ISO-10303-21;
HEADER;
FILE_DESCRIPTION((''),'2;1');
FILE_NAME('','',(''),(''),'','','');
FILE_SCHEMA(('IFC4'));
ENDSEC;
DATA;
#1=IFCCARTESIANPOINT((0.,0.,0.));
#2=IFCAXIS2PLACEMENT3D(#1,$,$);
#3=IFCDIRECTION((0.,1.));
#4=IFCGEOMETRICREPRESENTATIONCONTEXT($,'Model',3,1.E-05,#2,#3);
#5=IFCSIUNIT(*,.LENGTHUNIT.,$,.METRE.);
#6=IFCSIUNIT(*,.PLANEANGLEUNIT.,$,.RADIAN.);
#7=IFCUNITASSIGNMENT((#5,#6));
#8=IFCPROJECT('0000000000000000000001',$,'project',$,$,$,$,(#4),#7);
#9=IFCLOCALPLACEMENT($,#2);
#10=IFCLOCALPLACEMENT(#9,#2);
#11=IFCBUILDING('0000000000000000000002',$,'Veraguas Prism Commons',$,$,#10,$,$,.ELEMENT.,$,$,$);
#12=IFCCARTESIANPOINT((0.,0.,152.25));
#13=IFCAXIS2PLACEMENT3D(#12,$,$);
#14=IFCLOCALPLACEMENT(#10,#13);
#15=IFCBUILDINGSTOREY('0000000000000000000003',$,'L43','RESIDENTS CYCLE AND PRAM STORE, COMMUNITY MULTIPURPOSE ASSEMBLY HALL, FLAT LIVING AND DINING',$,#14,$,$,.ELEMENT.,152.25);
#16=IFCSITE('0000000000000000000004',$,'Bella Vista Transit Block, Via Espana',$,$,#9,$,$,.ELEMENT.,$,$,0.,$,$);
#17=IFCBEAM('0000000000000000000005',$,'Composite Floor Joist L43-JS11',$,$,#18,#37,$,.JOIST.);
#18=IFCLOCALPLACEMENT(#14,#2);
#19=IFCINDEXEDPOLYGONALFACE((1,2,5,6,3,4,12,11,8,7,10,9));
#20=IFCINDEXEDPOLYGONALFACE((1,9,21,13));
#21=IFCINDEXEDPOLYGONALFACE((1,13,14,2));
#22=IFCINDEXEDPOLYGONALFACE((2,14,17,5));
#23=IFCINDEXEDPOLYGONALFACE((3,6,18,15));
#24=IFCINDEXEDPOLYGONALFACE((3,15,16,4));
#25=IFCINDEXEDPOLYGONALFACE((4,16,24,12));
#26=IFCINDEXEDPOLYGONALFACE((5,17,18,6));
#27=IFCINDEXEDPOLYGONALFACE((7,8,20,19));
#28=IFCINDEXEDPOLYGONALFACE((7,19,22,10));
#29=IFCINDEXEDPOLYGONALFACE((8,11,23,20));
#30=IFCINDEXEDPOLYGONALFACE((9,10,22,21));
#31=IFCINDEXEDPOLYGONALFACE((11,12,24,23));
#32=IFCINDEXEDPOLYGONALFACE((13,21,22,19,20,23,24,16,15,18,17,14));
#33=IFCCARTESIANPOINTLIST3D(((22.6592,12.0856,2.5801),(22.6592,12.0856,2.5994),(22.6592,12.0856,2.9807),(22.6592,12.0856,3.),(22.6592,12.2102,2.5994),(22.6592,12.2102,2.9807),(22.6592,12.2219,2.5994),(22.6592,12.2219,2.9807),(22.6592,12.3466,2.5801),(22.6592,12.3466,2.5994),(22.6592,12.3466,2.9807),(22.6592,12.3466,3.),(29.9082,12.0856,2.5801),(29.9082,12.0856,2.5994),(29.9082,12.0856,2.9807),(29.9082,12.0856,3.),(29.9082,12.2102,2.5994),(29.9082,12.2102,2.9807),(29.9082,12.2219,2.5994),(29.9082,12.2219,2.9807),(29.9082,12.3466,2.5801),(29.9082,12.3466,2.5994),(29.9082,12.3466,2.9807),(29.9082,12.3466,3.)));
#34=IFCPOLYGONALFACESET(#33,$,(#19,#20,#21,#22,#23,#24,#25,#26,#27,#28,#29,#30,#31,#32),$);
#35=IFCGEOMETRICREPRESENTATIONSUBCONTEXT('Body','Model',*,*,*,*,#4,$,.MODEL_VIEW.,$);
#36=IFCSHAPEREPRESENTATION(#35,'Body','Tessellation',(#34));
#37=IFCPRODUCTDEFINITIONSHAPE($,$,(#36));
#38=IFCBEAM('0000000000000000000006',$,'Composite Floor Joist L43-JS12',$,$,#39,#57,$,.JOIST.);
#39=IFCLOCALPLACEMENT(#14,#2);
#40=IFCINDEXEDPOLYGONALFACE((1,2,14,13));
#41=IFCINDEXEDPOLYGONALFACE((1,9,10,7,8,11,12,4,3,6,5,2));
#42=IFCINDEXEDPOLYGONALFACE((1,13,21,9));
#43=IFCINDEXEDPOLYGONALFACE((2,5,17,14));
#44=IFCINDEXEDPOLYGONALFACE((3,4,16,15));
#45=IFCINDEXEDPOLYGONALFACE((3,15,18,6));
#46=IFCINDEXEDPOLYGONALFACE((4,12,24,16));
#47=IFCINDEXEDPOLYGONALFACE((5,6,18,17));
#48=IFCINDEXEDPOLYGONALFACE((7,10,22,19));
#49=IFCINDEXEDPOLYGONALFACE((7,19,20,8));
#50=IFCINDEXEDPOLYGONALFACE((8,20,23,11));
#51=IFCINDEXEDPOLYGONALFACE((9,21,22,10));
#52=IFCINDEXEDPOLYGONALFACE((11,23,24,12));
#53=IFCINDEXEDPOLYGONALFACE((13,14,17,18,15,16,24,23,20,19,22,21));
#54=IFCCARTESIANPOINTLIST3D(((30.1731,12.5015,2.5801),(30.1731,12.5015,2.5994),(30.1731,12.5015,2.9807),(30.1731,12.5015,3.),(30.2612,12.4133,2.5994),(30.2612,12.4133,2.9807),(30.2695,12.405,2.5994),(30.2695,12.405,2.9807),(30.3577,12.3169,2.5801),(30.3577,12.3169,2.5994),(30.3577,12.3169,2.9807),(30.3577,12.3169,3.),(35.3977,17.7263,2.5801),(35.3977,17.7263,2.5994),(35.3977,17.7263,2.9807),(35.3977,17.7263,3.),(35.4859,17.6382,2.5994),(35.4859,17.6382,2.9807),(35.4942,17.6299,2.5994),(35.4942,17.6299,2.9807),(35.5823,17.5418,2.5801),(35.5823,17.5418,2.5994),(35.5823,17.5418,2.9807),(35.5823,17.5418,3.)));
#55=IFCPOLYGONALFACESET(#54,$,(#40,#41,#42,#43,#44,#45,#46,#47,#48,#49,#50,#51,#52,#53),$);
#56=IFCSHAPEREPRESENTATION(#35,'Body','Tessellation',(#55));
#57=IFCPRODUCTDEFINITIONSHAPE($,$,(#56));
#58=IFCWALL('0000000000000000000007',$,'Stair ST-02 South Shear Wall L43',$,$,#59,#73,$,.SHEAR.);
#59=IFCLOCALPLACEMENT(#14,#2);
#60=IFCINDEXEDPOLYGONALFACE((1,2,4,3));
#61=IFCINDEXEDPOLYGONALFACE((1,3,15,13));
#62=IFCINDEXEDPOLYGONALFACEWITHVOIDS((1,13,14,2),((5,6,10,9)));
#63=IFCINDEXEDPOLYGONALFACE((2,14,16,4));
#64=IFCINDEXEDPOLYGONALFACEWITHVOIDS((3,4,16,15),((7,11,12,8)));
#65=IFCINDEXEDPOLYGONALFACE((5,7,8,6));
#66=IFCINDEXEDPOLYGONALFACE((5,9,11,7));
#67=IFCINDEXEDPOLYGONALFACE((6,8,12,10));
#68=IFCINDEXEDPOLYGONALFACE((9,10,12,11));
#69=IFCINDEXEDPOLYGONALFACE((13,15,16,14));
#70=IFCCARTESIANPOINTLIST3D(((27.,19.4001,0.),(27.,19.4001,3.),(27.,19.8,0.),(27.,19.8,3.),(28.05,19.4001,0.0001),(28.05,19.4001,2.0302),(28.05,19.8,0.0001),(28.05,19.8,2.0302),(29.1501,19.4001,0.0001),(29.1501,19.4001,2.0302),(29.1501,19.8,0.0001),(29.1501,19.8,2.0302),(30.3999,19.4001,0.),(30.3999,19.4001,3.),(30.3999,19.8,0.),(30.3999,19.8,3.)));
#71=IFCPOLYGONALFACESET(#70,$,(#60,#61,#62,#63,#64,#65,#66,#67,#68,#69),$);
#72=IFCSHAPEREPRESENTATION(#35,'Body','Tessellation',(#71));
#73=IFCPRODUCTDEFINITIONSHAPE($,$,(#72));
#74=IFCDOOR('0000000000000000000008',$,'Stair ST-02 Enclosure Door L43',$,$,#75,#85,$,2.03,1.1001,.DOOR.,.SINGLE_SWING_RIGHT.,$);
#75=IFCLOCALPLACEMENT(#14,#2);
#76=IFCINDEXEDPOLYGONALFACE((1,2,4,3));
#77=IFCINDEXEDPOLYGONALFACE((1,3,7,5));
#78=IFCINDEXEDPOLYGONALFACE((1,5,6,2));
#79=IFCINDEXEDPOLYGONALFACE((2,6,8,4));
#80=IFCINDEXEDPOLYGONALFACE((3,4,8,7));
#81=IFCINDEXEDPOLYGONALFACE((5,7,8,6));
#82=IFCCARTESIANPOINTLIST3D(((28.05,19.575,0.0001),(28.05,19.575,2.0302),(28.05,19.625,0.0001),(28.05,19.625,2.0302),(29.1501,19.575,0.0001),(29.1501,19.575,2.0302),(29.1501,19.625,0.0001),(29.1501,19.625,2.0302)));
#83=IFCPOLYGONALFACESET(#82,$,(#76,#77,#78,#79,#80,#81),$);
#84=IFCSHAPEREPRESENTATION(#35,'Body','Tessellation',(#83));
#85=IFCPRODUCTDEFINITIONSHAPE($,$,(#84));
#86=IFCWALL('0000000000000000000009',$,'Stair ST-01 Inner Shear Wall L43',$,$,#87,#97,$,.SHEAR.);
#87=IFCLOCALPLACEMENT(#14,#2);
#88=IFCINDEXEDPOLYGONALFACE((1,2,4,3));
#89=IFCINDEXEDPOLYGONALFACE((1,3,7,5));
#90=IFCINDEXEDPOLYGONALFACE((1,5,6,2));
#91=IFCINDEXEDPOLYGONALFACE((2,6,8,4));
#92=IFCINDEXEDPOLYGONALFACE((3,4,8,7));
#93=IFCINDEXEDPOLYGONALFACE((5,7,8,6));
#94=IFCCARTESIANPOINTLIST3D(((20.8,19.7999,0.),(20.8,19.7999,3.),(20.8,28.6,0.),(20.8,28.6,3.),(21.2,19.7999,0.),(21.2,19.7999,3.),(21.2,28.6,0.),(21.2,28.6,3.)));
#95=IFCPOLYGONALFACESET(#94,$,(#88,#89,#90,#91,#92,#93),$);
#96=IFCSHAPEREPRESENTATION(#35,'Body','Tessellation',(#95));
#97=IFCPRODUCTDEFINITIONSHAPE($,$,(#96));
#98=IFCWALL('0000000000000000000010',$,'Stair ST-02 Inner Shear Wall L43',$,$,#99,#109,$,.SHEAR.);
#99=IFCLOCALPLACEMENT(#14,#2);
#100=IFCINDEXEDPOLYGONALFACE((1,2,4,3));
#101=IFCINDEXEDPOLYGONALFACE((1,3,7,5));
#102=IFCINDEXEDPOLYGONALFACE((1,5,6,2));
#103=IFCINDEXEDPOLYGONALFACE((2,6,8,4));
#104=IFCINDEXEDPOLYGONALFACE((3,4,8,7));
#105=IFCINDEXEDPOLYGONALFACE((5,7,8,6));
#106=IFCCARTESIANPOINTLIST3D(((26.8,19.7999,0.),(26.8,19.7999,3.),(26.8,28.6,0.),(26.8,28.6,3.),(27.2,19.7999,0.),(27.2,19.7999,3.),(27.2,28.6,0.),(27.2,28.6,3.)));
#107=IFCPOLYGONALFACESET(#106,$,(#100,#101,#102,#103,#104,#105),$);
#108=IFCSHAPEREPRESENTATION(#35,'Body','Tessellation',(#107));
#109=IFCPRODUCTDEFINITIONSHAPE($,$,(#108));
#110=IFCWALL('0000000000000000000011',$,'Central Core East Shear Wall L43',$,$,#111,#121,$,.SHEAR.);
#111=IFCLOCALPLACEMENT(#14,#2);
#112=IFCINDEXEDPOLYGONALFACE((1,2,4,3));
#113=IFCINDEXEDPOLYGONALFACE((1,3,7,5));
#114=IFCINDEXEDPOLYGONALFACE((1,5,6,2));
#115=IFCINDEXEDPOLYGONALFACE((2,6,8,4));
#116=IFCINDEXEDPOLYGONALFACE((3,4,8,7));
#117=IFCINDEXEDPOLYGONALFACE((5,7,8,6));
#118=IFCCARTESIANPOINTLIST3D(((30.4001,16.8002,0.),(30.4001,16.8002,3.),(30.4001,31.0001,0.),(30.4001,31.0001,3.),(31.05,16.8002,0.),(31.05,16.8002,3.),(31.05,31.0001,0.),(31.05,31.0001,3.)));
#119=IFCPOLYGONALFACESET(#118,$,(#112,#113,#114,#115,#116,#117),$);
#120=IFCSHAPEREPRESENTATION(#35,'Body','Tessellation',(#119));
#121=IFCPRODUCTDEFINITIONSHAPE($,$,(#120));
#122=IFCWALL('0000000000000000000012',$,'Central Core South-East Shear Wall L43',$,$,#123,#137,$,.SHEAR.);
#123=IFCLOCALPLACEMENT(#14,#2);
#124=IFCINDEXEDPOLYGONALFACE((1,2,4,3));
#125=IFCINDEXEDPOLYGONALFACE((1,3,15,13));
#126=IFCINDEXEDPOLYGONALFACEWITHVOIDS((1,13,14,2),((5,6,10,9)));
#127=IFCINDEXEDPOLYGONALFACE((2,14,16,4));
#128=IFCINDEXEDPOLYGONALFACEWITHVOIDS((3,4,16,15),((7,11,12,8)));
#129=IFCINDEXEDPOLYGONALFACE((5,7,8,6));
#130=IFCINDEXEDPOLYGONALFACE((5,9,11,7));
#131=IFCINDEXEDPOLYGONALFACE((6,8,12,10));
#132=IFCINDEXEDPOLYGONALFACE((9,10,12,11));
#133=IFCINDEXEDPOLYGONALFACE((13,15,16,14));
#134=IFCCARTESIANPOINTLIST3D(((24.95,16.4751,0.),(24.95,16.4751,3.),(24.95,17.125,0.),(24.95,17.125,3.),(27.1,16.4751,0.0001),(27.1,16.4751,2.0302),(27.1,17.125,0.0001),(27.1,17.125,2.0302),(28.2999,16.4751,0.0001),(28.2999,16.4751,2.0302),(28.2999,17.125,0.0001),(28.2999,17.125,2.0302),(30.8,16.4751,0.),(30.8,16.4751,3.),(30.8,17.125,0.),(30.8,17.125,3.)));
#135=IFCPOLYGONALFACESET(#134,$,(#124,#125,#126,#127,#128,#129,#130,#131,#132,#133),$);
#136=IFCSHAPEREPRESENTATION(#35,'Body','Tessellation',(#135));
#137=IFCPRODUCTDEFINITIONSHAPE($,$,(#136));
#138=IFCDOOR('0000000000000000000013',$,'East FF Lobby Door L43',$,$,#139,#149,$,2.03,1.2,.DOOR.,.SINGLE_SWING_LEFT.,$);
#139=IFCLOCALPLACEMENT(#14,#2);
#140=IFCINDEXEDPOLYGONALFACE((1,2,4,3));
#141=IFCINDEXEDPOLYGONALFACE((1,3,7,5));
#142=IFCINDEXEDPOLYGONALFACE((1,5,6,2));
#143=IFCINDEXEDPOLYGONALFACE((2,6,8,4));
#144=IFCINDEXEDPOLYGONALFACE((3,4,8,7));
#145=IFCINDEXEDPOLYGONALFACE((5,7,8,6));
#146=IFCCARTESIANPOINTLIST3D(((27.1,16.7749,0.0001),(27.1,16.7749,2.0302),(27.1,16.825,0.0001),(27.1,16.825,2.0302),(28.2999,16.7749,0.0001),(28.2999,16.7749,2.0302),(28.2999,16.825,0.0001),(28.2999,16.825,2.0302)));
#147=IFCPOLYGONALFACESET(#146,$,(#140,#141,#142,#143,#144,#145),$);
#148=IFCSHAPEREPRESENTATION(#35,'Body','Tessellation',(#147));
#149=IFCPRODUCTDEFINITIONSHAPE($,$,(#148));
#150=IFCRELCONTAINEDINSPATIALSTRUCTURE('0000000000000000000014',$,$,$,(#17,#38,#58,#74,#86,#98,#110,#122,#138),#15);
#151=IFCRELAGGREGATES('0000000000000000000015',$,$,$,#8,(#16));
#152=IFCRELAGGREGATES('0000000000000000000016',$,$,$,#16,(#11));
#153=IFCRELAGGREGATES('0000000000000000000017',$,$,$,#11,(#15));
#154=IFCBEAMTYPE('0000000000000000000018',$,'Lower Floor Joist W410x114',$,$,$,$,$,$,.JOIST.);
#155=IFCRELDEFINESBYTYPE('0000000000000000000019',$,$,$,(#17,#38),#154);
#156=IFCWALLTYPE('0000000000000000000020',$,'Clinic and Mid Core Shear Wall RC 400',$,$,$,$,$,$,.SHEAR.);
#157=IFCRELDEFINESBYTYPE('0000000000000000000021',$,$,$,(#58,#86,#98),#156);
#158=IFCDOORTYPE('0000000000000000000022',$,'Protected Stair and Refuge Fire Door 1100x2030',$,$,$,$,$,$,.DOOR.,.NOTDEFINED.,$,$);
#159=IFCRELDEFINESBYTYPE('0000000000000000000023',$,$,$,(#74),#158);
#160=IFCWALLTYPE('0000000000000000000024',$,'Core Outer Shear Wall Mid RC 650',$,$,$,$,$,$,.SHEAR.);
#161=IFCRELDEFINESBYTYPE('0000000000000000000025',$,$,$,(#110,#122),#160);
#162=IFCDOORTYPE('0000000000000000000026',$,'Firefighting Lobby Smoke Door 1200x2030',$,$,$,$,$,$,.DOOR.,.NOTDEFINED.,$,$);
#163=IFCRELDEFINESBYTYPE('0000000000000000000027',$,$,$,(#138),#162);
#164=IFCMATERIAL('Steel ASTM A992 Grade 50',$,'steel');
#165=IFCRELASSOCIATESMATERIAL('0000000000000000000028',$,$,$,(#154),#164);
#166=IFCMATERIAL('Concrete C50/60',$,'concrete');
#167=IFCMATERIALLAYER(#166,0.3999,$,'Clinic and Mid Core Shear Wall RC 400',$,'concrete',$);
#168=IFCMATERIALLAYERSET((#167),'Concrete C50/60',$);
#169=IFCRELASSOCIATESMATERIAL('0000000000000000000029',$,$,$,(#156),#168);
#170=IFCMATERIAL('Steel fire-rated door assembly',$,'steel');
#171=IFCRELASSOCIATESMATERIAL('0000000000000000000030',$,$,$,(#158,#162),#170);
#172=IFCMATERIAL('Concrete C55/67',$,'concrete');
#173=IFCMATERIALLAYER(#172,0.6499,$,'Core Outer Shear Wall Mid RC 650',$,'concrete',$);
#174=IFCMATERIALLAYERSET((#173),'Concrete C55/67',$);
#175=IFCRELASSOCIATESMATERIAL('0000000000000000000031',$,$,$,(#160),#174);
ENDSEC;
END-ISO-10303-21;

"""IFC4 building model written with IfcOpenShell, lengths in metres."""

from ifc_helpers import new_model, si_unit, direction, frame, frame_2d, origin, origin_2d, place, context, subcontext, project, spatial, rectangle, i_section, extrude, source, transform, mapped, material, layer, layer_set, material_profile, profile_set, type_object, element, fill, save


model = new_model("IFC4")

# Units and contexts
model_context = context("Model", 3, precision=1e-05, world=origin(), true_north=direction((0.0, 1.0)))
body_context = subcontext(model_context, "Body", "Model", "MODEL_VIEW")
ifc_project = project(units=[si_unit("LENGTHUNIT", "METRE"), si_unit("PLANEANGLEUNIT", "RADIAN")], contexts=[model_context])

# Site, building, storey
site_placement = place(None, origin())
site = spatial("IfcSite", under=ifc_project, at=site_placement, Name="Bella Vista Transit Block, Via Espana", CompositionType="ELEMENT", RefElevation=0.0)
building_placement = place(site_placement, origin())
building = spatial("IfcBuilding", under=site, at=building_placement, Name="Veraguas Prism Commons", CompositionType="ELEMENT")
storey_placement = place(building_placement, frame((0.0, 0.0, 152.25)))
storey = spatial("IfcBuildingStorey", under=building, at=storey_placement, Name="L43", Description="RESIDENTS CYCLE AND PRAM STORE, COMMUNITY MULTIPURPOSE ASSEMBLY HALL, FLAT LIVING AND DINING", CompositionType="ELEMENT", Elevation=152.25)

# Beams
ifc_material_1 = material(Name="Steel ASTM A992 Grade 50", Category="steel")
ifc_material_profile = material_profile(ifc_material_1, i_section(OverallWidth=0.261, OverallDepth=0.4199, WebThickness=0.0117, FlangeThickness=0.0193, at=origin_2d()), Name="W410X114")
ifc_profile_set = profile_set([ifc_material_profile], Name="Steel ASTM A992 Grade 50")
beam_type = type_object("IfcBeamType", Name="Lower Floor Joist W410x114", PredefinedType="JOIST", material=ifc_profile_set)
beam_1_placement = place(storey_placement, frame((22.6592, 12.2161, 2.79), z_axis=(1.0, 0.0, 0.0), x_axis=(0.0, 1.0, 0.0)))
element("IfcBeam", 1, at=beam_1_placement, inside=storey, type_object=beam_type, Name="Composite Floor Joist L43-JS11", PredefinedType="JOIST", context=body_context, shape_type="SweptSolid", body=[
    extrude(i_section(OverallWidth=0.261, OverallDepth=0.4199, WebThickness=0.0117, FlangeThickness=0.0193, at=origin_2d()), origin(), (0.0, 0.0, 1.0), 7.249),
])
beam_2_placement = place(storey_placement, frame((30.2654, 12.4092, 2.79), z_axis=(0.70709, 0.707123, 0.0), x_axis=(-0.707123, 0.70709, 0.0)))
element("IfcBeam", 2, at=beam_2_placement, inside=storey, type_object=beam_type, Name="Composite Floor Joist L43-JS12", PredefinedType="JOIST", context=body_context, shape_type="SweptSolid", body=[
    extrude(i_section(OverallWidth=0.261, OverallDepth=0.4199, WebThickness=0.0117, FlangeThickness=0.0193, at=origin_2d()), origin(), (0.0, 0.0, 1.0), 7.3889),
])

# Wall, opening, door
ifc_material_2 = material(Name="Concrete C50/60", Category="concrete")
ifc_layer_1 = layer(ifc_material_2, 0.3999, Name="Clinic and Mid Core Shear Wall RC 400", Category="concrete")
ifc_layer_set_1 = layer_set([ifc_layer_1], Name="Concrete C50/60")
wall_type_1 = type_object("IfcWallType", Name="Clinic and Mid Core Shear Wall RC 400", PredefinedType="SHEAR", material=ifc_layer_set_1)
wall_1_placement = place(storey_placement, frame((27.0, 19.6001, 0.0), z_axis=(0.0, 0.0, 1.0), x_axis=(1.0, 0.0, 0.0)))
wall_1 = element("IfcWall", 3, at=wall_1_placement, inside=storey, type_object=wall_type_1, Name="Stair ST-02 South Shear Wall L43", PredefinedType="SHEAR", context=body_context, shape_type="SweptSolid", body=[
    extrude(rectangle(XDim=3.3999, YDim=0.3999, at=frame_2d((1.7, 0.0))), origin(), (0.0, 0.0, 1.0), 3.0),
])
opening_1_placement = place(wall_1_placement, frame((1.05, 0.0, 0.0)))
opening_1 = element("IfcOpeningElement", 4, at=opening_1_placement, cuts=wall_1, PredefinedType="OPENING", context=body_context, shape_type="SweptSolid", body=[
    extrude(rectangle(XDim=1.1001, YDim=2.03, at=frame_2d((0.55, 1.0151))), frame((0.0, 0.21, 0.0), z_axis=(0.0, -1.0, 0.0), x_axis=(1.0, 0.0, 0.0)), (0.0, 0.0, 1.0), 0.4199),
])
ifc_material_3 = material(Name="Steel fire-rated door assembly", Category="steel")
door_type_1 = type_object("IfcDoorType", Name="Protected Stair and Refuge Fire Door 1100x2030", OperationType="NOTDEFINED", PredefinedType="DOOR", material=ifc_material_3)
shared_shape_1 = source(origin(), body_context, "Body", "SweptSolid", [
    extrude(rectangle(XDim=1.1001, YDim=2.03, at=frame_2d((0.55, 1.0151))), frame((0.0, 0.0249, 0.0), z_axis=(0.0, -1.0, 0.0), x_axis=(1.0, 0.0, 0.0)), (0.0, 0.0, 1.0), 0.05),
])
door_1_placement = place(opening_1_placement, origin())
door_1 = element("IfcDoor", 5, at=door_1_placement, inside=storey, type_object=door_type_1, Name="Stair ST-02 Enclosure Door L43", OperationType="SINGLE_SWING_RIGHT", OverallHeight=2.03, OverallWidth=1.1001, PredefinedType="DOOR", context=body_context, shape_type="MappedRepresentation", body=[
    mapped(shared_shape_1, transform((0.0, 0.0, 0.0), scale=1.0)),
])
fill(opening_1, door_1)

# Walls
for number, where, z_axis, x_axis, name in (
    (6, (21.0, 19.8, 0.0), (0.0, 0.0, 1.0), (0.0, 1.0, 0.0), "Stair ST-01 Inner Shear Wall L43"),
    (7, (27.0, 19.8, 0.0), (0.0, 0.0, 1.0), (0.0, 1.0, 0.0), "Stair ST-02 Inner Shear Wall L43"),
):
    element("IfcWall", number, at=place(storey_placement, frame(where, z_axis=z_axis, x_axis=x_axis)), inside=storey, type_object=wall_type_1, Name=name, PredefinedType="SHEAR", context=body_context, shape_type="SweptSolid", body=[
        extrude(rectangle(XDim=8.8, YDim=0.3999, at=frame_2d((4.3999, 0.0))), origin(), (0.0, 0.0, 1.0), 3.0),
    ])
ifc_material_4 = material(Name="Concrete C55/67", Category="concrete")
ifc_layer_2 = layer(ifc_material_4, 0.6499, Name="Core Outer Shear Wall Mid RC 650", Category="concrete")
ifc_layer_set_2 = layer_set([ifc_layer_2], Name="Concrete C55/67")
wall_type_2 = type_object("IfcWallType", Name="Core Outer Shear Wall Mid RC 650", PredefinedType="SHEAR", material=ifc_layer_set_2)
wall_2_placement = place(storey_placement, frame((30.7251, 16.8, 0.0), z_axis=(0.0, 0.0, 1.0), x_axis=(0.0, 1.0, 0.0)))
element("IfcWall", 8, at=wall_2_placement, inside=storey, type_object=wall_type_2, Name="Central Core East Shear Wall L43", PredefinedType="SHEAR", context=body_context, shape_type="SweptSolid", body=[
    extrude(rectangle(XDim=14.2, YDim=0.6499, at=frame_2d((7.1001, 0.0))), origin(), (0.0, 0.0, 1.0), 3.0),
])

# Wall, opening, door
wall_3_placement = place(storey_placement, frame((24.95, 16.8, 0.0), z_axis=(0.0, 0.0, 1.0), x_axis=(1.0, 0.0, 0.0)))
wall_3 = element("IfcWall", 9, at=wall_3_placement, inside=storey, type_object=wall_type_2, Name="Central Core South-East Shear Wall L43", PredefinedType="SHEAR", context=body_context, shape_type="SweptSolid", body=[
    extrude(rectangle(XDim=5.8501, YDim=0.6499, at=frame_2d((2.925, 0.0))), origin(), (0.0, 0.0, 1.0), 3.0),
])
opening_2_placement = place(wall_3_placement, frame((2.1499, 0.0, 0.0)))
opening_2 = element("IfcOpeningElement", 10, at=opening_2_placement, cuts=wall_3, PredefinedType="OPENING", context=body_context, shape_type="SweptSolid", body=[
    extrude(rectangle(XDim=1.2, YDim=2.03, at=frame_2d((0.6001, 1.0151))), frame((0.0, 0.335, 0.0), z_axis=(0.0, -1.0, 0.0), x_axis=(1.0, 0.0, 0.0)), (0.0, 0.0, 1.0), 0.6699),
])
door_type_2 = type_object("IfcDoorType", Name="Firefighting Lobby Smoke Door 1200x2030", OperationType="NOTDEFINED", PredefinedType="DOOR", material=ifc_material_3)
shared_shape_2 = source(origin(), body_context, "Body", "SweptSolid", [
    extrude(rectangle(XDim=1.2, YDim=2.03, at=frame_2d((0.6001, 1.0151))), frame((0.0, 0.0249, 0.0), z_axis=(0.0, -1.0, 0.0), x_axis=(1.0, 0.0, 0.0)), (0.0, 0.0, 1.0), 0.05),
])
door_2_placement = place(opening_2_placement, origin())
door_2 = element("IfcDoor", 11, at=door_2_placement, inside=storey, type_object=door_type_2, Name="East FF Lobby Door L43", OperationType="SINGLE_SWING_LEFT", OverallHeight=2.03, OverallWidth=1.2, PredefinedType="DOOR", context=body_context, shape_type="MappedRepresentation", body=[
    mapped(shared_shape_2, transform((0.0, 0.0, 0.0), scale=1.0)),
])
fill(opening_2, door_2)

save(model, "model.ifc")
